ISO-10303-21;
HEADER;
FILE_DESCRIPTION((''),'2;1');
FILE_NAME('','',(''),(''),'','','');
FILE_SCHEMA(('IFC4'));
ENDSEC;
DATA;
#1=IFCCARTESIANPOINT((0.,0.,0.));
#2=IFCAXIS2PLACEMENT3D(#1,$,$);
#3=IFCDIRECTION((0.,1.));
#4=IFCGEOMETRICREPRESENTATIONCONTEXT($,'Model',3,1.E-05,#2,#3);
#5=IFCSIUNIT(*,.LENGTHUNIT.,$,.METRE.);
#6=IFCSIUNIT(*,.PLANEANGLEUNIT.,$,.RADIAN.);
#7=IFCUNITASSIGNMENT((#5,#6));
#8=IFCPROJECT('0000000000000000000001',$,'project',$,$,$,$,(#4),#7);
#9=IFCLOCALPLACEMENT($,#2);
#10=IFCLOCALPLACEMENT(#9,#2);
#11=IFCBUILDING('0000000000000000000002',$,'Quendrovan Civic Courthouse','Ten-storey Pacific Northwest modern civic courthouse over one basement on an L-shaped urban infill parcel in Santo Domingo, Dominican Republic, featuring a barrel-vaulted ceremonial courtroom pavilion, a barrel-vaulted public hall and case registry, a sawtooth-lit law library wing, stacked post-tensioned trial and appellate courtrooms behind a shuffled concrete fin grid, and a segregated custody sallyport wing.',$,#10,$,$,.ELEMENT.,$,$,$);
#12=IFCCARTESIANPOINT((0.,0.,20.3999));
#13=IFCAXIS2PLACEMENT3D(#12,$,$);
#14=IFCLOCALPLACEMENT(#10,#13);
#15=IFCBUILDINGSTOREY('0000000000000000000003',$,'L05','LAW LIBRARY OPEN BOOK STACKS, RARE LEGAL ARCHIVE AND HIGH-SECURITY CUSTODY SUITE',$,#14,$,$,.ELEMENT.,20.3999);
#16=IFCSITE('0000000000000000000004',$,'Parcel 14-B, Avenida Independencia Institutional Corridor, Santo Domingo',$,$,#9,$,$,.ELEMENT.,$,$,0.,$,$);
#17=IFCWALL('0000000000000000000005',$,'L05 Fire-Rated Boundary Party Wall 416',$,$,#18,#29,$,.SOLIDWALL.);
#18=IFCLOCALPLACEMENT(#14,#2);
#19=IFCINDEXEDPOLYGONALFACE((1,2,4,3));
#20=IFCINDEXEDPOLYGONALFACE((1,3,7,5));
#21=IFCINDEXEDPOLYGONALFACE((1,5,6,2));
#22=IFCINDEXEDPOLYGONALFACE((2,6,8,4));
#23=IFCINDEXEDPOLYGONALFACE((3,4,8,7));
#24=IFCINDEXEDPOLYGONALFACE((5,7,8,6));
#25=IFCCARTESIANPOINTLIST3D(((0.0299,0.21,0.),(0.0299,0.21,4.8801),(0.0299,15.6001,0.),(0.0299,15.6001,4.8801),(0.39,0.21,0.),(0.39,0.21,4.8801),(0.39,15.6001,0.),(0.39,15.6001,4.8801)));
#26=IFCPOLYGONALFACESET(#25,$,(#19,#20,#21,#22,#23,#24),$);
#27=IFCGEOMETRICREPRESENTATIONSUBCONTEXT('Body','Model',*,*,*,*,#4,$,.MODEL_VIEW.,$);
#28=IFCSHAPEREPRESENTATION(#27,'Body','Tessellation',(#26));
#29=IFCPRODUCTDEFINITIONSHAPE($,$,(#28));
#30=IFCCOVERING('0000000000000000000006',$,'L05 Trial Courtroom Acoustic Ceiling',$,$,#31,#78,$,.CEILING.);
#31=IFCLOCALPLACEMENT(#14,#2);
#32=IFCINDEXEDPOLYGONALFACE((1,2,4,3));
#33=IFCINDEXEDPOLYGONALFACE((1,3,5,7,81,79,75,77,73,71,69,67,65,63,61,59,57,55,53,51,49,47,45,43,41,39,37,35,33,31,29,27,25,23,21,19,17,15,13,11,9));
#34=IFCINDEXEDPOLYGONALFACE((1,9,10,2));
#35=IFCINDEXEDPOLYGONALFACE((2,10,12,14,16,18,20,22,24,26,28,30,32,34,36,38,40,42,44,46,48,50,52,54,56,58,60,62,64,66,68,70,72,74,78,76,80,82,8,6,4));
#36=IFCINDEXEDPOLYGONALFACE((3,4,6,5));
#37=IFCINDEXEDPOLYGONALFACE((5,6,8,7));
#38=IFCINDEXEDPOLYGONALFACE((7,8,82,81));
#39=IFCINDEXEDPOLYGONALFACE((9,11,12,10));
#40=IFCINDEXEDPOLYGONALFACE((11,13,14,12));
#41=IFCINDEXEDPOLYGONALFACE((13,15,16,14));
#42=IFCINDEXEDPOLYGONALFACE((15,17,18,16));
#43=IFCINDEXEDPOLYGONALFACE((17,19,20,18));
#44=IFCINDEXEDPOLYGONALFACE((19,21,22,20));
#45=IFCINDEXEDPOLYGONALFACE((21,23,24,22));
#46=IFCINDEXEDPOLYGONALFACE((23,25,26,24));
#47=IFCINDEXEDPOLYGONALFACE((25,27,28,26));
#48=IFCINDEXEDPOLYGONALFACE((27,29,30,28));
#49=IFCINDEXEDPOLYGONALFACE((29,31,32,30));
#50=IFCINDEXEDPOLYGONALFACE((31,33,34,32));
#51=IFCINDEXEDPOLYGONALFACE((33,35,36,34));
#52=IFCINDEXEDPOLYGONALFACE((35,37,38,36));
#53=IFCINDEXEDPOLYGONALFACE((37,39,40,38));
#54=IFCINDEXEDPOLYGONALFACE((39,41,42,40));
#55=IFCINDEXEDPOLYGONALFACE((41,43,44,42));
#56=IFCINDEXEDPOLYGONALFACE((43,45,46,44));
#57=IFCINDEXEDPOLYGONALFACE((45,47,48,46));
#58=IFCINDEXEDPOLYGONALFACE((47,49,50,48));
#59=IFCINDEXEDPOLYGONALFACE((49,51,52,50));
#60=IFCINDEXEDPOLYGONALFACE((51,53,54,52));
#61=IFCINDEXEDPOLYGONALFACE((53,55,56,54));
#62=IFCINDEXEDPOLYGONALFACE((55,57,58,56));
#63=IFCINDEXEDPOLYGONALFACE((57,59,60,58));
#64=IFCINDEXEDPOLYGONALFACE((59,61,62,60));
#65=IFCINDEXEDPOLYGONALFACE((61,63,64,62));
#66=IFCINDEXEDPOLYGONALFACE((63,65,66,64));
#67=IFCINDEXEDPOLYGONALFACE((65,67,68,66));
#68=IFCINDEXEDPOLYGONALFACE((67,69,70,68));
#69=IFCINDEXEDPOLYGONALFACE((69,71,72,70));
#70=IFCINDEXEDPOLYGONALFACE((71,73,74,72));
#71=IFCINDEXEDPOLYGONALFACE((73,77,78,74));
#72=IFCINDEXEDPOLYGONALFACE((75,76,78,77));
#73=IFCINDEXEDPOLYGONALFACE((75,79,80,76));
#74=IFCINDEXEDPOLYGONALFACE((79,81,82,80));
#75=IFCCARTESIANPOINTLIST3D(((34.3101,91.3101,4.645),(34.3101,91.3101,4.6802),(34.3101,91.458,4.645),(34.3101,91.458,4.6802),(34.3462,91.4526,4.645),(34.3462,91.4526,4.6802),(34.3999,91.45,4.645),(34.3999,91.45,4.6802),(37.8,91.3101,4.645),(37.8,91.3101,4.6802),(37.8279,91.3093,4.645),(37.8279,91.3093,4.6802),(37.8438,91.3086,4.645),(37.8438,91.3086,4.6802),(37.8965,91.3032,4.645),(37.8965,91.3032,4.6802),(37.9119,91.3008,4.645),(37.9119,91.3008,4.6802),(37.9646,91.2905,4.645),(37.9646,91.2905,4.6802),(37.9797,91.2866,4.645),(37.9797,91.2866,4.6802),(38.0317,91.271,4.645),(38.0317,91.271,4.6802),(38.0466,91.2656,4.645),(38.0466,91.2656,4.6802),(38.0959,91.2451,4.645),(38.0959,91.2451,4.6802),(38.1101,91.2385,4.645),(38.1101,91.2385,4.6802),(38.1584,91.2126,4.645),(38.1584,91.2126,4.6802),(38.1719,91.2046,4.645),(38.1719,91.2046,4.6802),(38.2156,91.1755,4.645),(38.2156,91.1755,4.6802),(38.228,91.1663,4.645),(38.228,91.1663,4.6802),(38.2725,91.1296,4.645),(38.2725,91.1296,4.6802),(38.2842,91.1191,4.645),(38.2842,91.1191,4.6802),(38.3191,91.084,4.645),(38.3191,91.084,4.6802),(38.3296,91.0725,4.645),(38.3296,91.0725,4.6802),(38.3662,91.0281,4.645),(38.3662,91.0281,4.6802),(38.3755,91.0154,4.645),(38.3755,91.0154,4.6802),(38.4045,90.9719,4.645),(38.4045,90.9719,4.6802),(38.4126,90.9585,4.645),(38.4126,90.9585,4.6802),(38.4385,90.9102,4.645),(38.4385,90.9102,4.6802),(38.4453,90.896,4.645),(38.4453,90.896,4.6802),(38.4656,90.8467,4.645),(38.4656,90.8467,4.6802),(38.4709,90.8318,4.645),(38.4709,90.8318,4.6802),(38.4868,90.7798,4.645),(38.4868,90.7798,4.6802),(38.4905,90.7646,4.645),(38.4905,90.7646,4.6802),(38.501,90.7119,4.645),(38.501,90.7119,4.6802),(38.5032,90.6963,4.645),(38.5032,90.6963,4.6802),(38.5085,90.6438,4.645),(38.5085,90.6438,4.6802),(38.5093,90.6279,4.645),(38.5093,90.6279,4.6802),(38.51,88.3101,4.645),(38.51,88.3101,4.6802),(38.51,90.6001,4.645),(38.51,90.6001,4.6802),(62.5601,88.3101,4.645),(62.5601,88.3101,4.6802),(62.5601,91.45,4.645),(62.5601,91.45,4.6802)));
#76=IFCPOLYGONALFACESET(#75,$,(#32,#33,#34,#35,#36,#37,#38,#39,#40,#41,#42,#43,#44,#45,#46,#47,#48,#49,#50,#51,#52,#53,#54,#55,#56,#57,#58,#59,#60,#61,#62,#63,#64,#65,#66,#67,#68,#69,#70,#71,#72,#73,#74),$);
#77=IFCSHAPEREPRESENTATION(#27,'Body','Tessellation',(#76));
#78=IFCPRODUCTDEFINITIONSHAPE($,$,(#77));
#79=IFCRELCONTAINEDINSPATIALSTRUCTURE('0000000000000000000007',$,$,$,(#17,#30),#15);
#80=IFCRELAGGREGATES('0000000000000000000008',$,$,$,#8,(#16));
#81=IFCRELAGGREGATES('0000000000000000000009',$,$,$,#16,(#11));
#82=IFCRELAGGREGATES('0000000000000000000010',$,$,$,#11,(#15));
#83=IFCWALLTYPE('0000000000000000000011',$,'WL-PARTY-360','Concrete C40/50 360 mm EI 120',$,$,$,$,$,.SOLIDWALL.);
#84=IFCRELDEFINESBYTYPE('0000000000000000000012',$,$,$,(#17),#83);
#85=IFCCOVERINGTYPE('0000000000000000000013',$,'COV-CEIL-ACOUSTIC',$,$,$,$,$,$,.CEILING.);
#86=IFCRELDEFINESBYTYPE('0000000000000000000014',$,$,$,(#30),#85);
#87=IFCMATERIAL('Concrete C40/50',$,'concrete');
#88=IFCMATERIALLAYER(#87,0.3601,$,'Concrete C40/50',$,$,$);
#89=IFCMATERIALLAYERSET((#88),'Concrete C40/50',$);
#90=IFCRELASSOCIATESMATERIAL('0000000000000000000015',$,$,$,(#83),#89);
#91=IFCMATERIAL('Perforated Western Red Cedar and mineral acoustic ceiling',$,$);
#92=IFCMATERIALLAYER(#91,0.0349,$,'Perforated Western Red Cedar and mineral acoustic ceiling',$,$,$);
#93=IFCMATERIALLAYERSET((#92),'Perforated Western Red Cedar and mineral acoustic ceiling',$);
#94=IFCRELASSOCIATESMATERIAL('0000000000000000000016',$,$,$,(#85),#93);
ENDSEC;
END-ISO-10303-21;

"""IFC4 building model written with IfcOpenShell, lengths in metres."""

from ifc_helpers import new_model, si_unit, direction, frame, frame_2d, origin, place, context, subcontext, project, spatial, polyline, rectangle, outline, extrude, material, layer, layer_set, type_object, element, save


model = new_model("IFC4")

# Units and contexts
model_context = context("Model", 3, precision=1e-05, world=origin(), true_north=direction((0.0, 1.0)))
body_context = subcontext(model_context, "Body", "Model", "MODEL_VIEW")
ifc_project = project(units=[si_unit("LENGTHUNIT", "METRE"), si_unit("PLANEANGLEUNIT", "RADIAN")], contexts=[model_context])

# Site, building, storey
site_placement = place(None, origin())
site = spatial("IfcSite", under=ifc_project, at=site_placement, Name="Parcel 14-B, Avenida Independencia Institutional Corridor, Santo Domingo", CompositionType="ELEMENT", RefElevation=0.0)
building_placement = place(site_placement, origin())
building = spatial("IfcBuilding", under=site, at=building_placement, Name="Quendrovan Civic Courthouse", Description="Ten-storey Pacific Northwest modern civic courthouse over one basement on an L-shaped urban infill parcel in Santo Domingo, Dominican Republic, featuring a barrel-vaulted ceremonial courtroom pavilion, a barrel-vaulted public hall and case registry, a sawtooth-lit law library wing, stacked post-tensioned trial and appellate courtrooms behind a shuffled concrete fin grid, and a segregated custody sallyport wing.", CompositionType="ELEMENT")
storey_placement = place(building_placement, frame((0.0, 0.0, 20.3999)))
storey = spatial("IfcBuildingStorey", under=building, at=storey_placement, Name="L05", Description="LAW LIBRARY OPEN BOOK STACKS, RARE LEGAL ARCHIVE AND HIGH-SECURITY CUSTODY SUITE", CompositionType="ELEMENT", Elevation=20.3999)

# Shared definitions
ifc_material_1 = material(Name="Concrete C40/50", Category="concrete")

# Wall
ifc_layer_1 = layer(ifc_material_1, 0.3601, Name="Concrete C40/50")
ifc_layer_set_1 = layer_set([ifc_layer_1], Name="Concrete C40/50")
wall_type = type_object("IfcWallType", Name="WL-PARTY-360", Description="Concrete C40/50 360 mm EI 120", PredefinedType="SOLIDWALL", material=ifc_layer_set_1)
wall_placement = place(storey_placement, frame((0.21, 0.21, 0.0), z_axis=(0.0, 0.0, 1.0), x_axis=(0.0, 1.0, 0.0)))
element("IfcWall", 1, at=wall_placement, inside=storey, type_object=wall_type, Name="L05 Fire-Rated Boundary Party Wall 416", PredefinedType="SOLIDWALL", context=body_context, shape_type="SweptSolid", body=[
    extrude(rectangle(XDim=15.3901, YDim=0.3601, at=frame_2d((7.6951, 0.0))), origin(), (0.0, 0.0, 1.0), 4.8801),
])

# Covering
ifc_material_2 = material(Name="Perforated Western Red Cedar and mineral acoustic ceiling")
ifc_layer_2 = layer(ifc_material_2, 0.0349, Name="Perforated Western Red Cedar and mineral acoustic ceiling")
ifc_layer_set_2 = layer_set([ifc_layer_2], Name="Perforated Western Red Cedar and mineral acoustic ceiling")
covering_type_1 = type_object("IfcCoveringType", Name="COV-CEIL-ACOUSTIC", PredefinedType="CEILING", material=ifc_layer_set_2)
covering_1_placement = place(storey_placement, frame((0.0, 0.0, 4.645)))
element("IfcCovering", 2, at=covering_1_placement, inside=storey, type_object=covering_type_1, Name="L05 Trial Courtroom Acoustic Ceiling", PredefinedType="CEILING", context=body_context, shape_type="SweptSolid", body=[
    extrude(outline(polyline([(34.3101, 91.3101), (34.3101, 91.458), (34.3462, 91.4526), (34.3999, 91.45), (62.5601, 91.45), (62.5601, 88.3101), (38.51, 88.3101), (38.51, 90.6001), (38.5093, 90.6279), (38.5085, 90.6438), (38.5032, 90.6963), (38.501, 90.7119), (38.4905, 90.7646), (38.4868, 90.7798), (38.4709, 90.8318), (38.4656, 90.8467), (38.4453, 90.896), (38.4385, 90.9102), (38.4126, 90.9585), (38.4045, 90.9719), (38.3755, 91.0154), (38.3662, 91.0281), (38.3296, 91.0725), (38.3191, 91.084), (38.2842, 91.1191), (38.2725, 91.1296), (38.228, 91.1663), (38.2156, 91.1755), (38.1719, 91.2046), (38.1584, 91.2126), (38.1101, 91.2385), (38.0959, 91.2451), (38.0466, 91.2656), (38.0317, 91.271), (37.9797, 91.2866), (37.9646, 91.2905), (37.9119, 91.3008), (37.8965, 91.3032), (37.8438, 91.3086), (37.8279, 91.3093), (37.8, 91.3101), (34.3101, 91.3101)])), origin(), (0.0, 0.0, 1.0), 0.0352),
])

save(model, "model.ifc")
